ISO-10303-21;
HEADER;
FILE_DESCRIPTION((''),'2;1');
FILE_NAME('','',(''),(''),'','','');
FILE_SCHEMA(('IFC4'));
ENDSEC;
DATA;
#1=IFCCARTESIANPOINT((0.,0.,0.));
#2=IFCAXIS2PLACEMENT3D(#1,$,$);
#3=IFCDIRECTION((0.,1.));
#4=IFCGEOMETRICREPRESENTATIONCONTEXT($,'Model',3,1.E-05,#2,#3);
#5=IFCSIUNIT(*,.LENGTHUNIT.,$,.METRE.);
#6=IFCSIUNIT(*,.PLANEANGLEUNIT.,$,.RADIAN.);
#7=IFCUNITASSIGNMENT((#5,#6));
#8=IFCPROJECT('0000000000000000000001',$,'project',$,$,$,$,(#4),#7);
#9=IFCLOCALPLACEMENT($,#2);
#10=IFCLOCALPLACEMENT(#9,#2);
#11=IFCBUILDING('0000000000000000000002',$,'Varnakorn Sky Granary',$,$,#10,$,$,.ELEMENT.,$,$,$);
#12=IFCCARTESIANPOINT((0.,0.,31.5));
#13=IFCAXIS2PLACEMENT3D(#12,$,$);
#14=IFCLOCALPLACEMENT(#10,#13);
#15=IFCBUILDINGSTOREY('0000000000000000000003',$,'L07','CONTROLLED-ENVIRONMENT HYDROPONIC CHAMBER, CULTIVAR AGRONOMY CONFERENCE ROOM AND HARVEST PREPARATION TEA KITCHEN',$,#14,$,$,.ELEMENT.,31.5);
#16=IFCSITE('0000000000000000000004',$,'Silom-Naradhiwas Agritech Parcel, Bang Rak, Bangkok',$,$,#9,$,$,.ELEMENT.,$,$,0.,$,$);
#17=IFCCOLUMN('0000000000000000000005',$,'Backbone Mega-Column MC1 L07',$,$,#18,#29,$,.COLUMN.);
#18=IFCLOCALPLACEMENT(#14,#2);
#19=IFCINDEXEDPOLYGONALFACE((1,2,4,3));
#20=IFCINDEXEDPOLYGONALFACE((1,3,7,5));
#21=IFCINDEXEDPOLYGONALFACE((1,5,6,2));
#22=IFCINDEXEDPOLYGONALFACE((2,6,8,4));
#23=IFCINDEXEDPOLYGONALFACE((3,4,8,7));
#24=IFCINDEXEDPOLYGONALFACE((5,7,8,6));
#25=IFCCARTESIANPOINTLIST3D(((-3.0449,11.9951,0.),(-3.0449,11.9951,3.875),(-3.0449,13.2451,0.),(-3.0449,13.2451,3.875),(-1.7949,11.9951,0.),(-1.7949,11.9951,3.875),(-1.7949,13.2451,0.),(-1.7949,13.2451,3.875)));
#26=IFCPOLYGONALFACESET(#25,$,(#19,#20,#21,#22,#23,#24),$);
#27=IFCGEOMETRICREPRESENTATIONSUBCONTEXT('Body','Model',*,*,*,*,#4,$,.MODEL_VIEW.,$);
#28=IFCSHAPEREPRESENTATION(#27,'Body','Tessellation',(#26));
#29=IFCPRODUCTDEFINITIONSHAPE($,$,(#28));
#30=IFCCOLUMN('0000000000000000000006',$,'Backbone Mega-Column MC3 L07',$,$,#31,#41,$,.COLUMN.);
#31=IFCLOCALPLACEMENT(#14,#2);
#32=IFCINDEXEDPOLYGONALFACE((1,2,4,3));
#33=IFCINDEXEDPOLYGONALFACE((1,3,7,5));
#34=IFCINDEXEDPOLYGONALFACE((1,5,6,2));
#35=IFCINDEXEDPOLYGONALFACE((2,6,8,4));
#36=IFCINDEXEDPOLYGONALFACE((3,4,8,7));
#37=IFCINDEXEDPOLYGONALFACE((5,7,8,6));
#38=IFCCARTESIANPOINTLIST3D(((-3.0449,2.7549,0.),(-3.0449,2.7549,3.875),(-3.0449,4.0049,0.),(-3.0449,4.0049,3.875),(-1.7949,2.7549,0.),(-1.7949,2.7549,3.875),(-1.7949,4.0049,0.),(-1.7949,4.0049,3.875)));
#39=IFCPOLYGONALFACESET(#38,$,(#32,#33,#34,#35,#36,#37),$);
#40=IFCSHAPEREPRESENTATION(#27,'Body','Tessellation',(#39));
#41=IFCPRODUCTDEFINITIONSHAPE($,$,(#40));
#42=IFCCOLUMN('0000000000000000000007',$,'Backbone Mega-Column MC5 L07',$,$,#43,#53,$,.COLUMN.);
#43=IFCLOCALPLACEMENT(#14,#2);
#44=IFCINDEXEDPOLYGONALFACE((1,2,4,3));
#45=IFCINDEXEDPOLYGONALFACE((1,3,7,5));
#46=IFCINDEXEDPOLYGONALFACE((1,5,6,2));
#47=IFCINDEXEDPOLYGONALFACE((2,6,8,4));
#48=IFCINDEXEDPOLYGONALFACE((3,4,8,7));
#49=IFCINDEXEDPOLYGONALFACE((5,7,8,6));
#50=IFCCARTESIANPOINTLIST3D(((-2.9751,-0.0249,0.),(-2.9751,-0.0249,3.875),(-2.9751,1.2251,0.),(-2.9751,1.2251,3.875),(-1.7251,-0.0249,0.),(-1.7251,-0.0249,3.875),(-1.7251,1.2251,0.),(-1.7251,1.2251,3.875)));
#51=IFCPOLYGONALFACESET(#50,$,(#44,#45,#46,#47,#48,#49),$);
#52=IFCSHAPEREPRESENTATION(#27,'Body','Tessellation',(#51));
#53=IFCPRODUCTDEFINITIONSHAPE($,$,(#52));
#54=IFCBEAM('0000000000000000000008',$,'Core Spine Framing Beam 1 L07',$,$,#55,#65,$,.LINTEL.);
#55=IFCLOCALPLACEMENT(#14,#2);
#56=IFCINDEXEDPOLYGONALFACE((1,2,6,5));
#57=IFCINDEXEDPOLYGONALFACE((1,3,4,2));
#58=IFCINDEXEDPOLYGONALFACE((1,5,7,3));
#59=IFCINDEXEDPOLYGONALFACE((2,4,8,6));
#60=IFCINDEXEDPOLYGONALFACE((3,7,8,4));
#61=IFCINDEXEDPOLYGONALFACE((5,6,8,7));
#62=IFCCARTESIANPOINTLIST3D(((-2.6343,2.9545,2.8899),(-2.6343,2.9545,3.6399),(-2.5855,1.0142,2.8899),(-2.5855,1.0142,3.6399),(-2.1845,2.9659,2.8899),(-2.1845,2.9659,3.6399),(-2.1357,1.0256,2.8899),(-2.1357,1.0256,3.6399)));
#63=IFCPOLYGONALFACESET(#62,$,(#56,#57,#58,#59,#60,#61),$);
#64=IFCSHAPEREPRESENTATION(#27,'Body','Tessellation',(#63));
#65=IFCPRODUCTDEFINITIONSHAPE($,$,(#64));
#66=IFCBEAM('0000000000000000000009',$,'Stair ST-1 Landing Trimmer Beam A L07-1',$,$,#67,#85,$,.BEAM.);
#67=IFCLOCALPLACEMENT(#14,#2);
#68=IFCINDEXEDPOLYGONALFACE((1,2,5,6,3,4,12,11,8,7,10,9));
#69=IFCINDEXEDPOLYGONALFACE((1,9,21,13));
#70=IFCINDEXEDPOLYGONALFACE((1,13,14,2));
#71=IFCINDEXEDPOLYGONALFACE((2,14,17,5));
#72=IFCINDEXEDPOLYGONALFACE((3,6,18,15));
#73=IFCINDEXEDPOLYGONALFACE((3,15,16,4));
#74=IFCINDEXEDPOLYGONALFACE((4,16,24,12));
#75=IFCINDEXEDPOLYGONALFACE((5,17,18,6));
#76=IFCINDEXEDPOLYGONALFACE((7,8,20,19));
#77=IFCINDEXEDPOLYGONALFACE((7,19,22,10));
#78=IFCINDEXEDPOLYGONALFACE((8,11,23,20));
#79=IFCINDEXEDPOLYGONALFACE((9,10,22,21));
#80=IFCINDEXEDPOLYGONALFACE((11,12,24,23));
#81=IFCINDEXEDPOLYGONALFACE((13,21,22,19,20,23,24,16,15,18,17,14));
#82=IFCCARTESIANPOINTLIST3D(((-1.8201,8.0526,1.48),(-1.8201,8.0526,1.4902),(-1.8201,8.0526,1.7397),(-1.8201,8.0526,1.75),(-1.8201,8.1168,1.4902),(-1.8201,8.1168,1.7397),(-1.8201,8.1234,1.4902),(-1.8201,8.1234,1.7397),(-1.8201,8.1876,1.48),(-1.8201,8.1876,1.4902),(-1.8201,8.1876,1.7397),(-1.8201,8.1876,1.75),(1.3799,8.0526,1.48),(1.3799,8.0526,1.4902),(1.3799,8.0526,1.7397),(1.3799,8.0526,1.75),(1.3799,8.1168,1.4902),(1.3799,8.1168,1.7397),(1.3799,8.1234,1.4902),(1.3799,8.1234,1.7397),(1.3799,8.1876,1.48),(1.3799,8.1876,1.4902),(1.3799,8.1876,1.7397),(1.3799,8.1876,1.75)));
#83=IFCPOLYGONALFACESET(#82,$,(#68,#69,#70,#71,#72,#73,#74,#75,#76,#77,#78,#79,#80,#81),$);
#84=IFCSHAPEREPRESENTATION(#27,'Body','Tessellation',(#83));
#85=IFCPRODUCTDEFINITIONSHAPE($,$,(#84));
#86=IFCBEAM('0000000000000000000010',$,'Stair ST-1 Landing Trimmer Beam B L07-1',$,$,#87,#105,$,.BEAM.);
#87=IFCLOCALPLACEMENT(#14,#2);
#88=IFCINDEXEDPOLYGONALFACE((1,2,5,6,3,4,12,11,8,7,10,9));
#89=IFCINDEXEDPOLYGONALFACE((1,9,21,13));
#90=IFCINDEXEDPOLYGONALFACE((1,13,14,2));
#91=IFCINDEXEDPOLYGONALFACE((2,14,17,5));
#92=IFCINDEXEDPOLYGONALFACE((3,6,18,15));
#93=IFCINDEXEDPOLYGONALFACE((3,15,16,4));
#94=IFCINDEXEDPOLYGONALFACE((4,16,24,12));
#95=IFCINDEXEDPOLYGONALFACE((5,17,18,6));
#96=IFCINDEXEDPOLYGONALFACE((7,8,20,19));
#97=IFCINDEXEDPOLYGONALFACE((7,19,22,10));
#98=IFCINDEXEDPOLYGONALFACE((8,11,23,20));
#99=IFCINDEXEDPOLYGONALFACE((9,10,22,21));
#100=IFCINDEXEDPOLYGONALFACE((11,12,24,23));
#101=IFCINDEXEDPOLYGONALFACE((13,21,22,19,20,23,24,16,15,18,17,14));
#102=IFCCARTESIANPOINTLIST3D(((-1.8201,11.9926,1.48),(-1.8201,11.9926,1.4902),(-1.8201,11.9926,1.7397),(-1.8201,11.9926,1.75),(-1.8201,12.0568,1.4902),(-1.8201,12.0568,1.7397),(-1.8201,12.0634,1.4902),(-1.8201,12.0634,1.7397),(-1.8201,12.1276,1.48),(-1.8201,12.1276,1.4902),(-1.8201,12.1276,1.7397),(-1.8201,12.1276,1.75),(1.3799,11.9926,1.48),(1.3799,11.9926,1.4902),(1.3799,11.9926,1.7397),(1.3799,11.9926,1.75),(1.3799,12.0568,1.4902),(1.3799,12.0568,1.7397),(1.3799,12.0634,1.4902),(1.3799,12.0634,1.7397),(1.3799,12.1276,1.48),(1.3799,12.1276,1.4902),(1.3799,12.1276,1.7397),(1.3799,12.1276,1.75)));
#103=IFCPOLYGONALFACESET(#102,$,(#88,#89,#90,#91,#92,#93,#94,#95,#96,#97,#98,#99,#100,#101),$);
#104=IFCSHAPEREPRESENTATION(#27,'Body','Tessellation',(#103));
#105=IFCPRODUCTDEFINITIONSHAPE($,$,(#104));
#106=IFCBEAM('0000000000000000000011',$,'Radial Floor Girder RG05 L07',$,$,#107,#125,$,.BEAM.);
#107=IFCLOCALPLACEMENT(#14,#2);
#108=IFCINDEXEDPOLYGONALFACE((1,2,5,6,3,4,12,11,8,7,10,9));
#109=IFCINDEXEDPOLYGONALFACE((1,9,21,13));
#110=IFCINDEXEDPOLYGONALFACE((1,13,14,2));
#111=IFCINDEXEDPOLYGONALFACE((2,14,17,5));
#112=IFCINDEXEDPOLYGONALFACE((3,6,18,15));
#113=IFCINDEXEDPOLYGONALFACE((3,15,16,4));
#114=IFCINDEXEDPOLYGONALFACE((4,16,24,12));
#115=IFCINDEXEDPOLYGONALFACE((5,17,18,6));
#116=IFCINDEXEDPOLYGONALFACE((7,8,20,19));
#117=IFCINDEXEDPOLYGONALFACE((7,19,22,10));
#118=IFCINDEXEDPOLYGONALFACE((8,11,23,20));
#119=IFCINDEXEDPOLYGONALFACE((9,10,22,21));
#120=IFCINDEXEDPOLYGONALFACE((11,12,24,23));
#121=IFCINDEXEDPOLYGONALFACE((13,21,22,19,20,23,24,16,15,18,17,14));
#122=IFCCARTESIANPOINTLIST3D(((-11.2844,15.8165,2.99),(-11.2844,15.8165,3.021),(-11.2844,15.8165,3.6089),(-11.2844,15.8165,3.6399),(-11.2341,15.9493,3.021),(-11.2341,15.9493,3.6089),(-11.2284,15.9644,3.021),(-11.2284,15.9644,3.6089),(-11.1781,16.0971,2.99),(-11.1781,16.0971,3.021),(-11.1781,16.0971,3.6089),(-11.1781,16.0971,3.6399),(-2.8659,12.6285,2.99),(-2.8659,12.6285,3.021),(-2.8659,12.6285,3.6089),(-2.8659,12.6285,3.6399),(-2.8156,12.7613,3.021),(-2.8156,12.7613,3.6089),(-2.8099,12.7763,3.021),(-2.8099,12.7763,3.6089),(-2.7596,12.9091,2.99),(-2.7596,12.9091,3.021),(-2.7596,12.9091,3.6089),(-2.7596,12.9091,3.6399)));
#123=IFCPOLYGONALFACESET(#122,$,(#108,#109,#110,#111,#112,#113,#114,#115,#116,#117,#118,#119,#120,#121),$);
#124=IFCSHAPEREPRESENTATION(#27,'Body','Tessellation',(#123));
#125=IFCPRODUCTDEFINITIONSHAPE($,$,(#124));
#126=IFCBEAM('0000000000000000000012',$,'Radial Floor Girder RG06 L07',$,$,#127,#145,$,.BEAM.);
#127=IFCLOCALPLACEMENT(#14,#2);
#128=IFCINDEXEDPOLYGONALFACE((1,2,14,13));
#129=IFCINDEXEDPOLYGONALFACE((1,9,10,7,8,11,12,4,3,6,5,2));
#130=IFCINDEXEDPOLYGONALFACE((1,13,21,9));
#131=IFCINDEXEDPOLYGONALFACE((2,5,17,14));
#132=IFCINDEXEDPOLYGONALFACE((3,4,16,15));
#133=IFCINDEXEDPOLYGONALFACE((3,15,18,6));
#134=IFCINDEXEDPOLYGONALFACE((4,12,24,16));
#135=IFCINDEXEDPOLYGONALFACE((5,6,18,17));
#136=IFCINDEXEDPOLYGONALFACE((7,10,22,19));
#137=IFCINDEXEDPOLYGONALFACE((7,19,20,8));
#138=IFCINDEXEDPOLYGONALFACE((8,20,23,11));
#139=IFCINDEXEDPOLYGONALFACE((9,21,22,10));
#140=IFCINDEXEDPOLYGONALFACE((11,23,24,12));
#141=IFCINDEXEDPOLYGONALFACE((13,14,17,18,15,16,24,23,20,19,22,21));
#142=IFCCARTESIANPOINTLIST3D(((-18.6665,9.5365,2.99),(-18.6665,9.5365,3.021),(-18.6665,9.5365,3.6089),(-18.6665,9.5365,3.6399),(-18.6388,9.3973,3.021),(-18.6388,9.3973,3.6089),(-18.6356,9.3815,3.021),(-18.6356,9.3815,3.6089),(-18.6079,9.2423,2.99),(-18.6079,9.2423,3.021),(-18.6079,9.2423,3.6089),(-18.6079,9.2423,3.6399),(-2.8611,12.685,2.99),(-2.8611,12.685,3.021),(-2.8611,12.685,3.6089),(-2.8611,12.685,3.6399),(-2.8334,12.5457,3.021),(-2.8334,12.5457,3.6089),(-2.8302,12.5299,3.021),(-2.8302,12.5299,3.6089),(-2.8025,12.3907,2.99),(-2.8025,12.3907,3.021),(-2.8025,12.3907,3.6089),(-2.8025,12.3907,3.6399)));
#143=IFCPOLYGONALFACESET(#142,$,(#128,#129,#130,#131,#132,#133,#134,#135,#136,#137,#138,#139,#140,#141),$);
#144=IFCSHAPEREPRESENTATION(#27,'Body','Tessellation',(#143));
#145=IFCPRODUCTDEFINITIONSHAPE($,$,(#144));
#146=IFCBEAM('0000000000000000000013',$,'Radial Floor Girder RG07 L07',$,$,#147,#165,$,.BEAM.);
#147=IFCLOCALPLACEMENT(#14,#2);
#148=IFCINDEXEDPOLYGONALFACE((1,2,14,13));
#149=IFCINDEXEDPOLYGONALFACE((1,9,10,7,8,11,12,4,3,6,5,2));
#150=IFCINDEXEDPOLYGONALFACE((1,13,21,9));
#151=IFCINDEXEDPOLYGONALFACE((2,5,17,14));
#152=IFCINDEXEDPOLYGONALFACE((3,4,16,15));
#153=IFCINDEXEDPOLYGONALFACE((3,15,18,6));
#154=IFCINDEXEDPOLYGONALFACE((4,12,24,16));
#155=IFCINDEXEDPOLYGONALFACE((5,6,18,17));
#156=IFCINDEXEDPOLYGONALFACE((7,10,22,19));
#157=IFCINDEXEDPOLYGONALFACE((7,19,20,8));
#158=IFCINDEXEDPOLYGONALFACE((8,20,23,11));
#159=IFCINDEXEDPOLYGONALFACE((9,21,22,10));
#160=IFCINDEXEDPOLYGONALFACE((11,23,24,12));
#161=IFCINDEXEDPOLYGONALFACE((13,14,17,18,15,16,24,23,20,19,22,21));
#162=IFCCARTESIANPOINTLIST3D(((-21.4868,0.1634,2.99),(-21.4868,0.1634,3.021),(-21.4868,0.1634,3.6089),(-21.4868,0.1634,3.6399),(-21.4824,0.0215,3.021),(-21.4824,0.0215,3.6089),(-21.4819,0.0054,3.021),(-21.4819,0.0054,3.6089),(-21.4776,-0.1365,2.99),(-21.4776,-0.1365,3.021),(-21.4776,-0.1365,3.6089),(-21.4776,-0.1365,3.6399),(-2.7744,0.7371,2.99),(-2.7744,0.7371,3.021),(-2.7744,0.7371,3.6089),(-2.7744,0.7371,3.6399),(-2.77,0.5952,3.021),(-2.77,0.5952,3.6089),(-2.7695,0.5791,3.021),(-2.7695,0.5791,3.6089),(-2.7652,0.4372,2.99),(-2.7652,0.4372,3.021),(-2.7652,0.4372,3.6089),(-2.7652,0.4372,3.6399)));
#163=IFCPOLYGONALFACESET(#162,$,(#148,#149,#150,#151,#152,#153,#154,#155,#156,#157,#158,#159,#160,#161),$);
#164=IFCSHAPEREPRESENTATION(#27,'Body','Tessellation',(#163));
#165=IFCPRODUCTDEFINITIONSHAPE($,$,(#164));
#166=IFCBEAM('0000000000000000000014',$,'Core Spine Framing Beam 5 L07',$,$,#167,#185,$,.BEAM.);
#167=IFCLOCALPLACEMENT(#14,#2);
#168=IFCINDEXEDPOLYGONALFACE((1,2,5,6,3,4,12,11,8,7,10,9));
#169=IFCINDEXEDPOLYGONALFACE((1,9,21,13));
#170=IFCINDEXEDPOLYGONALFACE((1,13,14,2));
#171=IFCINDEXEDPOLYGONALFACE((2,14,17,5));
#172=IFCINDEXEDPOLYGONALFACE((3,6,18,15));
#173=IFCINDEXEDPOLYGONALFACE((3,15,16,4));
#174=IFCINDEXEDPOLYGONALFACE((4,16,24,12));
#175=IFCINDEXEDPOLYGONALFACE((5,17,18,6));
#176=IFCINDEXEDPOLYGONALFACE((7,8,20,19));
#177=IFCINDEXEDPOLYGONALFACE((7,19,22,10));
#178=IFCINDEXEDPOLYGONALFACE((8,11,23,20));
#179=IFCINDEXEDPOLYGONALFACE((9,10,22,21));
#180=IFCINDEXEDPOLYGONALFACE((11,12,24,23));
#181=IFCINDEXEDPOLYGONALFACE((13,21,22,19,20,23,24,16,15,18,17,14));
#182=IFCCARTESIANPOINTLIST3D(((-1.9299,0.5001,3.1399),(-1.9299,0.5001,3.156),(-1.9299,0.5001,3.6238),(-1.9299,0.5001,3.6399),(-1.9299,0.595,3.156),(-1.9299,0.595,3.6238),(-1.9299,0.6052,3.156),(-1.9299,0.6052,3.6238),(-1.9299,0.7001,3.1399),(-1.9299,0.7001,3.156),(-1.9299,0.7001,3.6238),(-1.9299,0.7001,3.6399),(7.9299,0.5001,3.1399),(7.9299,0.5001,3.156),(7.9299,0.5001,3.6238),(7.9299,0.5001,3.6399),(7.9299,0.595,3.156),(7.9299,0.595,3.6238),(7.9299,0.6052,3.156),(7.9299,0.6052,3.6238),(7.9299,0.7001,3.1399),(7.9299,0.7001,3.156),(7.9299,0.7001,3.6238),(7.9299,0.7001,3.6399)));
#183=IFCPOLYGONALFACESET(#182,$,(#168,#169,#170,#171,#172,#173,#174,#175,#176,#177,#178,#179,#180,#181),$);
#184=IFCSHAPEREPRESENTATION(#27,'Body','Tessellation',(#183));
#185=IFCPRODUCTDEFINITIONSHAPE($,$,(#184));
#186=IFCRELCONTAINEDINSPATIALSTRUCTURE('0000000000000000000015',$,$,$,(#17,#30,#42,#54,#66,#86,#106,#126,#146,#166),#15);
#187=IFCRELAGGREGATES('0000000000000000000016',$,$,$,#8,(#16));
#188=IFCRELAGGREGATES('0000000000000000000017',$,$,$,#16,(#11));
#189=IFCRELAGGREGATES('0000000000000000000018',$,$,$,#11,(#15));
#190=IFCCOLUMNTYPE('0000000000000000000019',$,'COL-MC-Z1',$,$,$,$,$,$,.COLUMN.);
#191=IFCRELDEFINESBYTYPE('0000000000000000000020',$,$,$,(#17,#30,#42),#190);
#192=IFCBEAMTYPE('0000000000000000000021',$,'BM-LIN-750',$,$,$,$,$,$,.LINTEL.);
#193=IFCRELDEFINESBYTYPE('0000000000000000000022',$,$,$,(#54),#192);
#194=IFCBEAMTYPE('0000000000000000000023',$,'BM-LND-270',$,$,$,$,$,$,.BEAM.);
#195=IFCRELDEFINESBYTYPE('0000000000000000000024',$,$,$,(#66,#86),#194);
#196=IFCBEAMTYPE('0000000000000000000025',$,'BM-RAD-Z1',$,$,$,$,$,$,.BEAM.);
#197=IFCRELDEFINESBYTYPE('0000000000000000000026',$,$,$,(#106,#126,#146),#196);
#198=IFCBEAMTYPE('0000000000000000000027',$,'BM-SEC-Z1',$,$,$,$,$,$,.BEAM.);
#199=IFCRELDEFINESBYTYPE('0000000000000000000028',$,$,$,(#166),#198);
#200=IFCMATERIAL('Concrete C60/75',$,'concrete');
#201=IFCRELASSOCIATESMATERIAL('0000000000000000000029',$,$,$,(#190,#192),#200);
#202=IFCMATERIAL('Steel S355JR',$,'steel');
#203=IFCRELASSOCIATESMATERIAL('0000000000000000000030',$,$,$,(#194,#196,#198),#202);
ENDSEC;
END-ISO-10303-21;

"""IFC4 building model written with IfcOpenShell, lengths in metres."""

from ifc_helpers import new_model, si_unit, direction, frame, origin, origin_2d, place, context, subcontext, project, spatial, rectangle, i_section, extrude, material, material_profile, profile_set, type_object, element, save


model = new_model("IFC4")

# Units and contexts
model_context = context("Model", 3, precision=1e-05, world=origin(), true_north=direction((0.0, 1.0)))
body_context = subcontext(model_context, "Body", "Model", "MODEL_VIEW")
ifc_project = project(units=[si_unit("LENGTHUNIT", "METRE"), si_unit("PLANEANGLEUNIT", "RADIAN")], contexts=[model_context])

# Site, building, storey
site_placement = place(None, origin())
site = spatial("IfcSite", under=ifc_project, at=site_placement, Name="Silom-Naradhiwas Agritech Parcel, Bang Rak, Bangkok", CompositionType="ELEMENT", RefElevation=0.0)
building_placement = place(site_placement, origin())
building = spatial("IfcBuilding", under=site, at=building_placement, Name="Varnakorn Sky Granary", CompositionType="ELEMENT")
storey_placement = place(building_placement, frame((0.0, 0.0, 31.5)))
storey = spatial("IfcBuildingStorey", under=building, at=storey_placement, Name="L07", Description="CONTROLLED-ENVIRONMENT HYDROPONIC CHAMBER, CULTIVAR AGRONOMY CONFERENCE ROOM AND HARVEST PREPARATION TEA KITCHEN", CompositionType="ELEMENT", Elevation=31.5)

# Columns
ifc_material_1 = material(Name="Concrete C60/75", Category="concrete")
ifc_material_profile_1 = material_profile(ifc_material_1, rectangle(XDim=1.25, YDim=1.25, at=origin_2d()), Name="RC 1250x1250")
ifc_profile_set_1 = profile_set([ifc_material_profile_1], Name="Concrete C60/75")
column_type = type_object("IfcColumnType", Name="COL-MC-Z1", PredefinedType="COLUMN", material=ifc_profile_set_1)
for number, where, z_axis, x_axis, name in (
    (1, (-2.4199, 12.6201, 0.0), (0.0, 0.0, 1.0), (1.0, 0.0, 0.0), "Backbone Mega-Column MC1 L07"),
    (2, (-2.4199, 3.3799, 0.0), (0.0, 0.0, 1.0), (1.0, 0.0, 0.0), "Backbone Mega-Column MC3 L07"),
    (3, (-2.3501, 0.6001, 0.0), (0.0, 0.0, 1.0), (1.0, 0.0, 0.0), "Backbone Mega-Column MC5 L07"),
):
    element("IfcColumn", number, at=place(storey_placement, frame(where, z_axis=z_axis, x_axis=x_axis)), inside=storey, type_object=column_type, Name=name, PredefinedType="COLUMN", context=body_context, shape_type="SweptSolid", body=[
        extrude(rectangle(XDim=1.25, YDim=1.25, at=origin_2d()), origin(), (0.0, 0.0, 1.0), 3.875),
    ])

# Beams
ifc_material_profile_2 = material_profile(ifc_material_1, rectangle(XDim=0.45, YDim=0.75, at=origin_2d()), Name="RC 450x750")
ifc_profile_set_2 = profile_set([ifc_material_profile_2], Name="Concrete C60/75")
beam_type_1 = type_object("IfcBeamType", Name="BM-LIN-750", PredefinedType="LINTEL", material=ifc_profile_set_2)
beam_1_placement = place(storey_placement, frame((-2.4094, 2.9602, 3.2649), z_axis=(0.025159, -0.999683, 0.0), x_axis=(0.999683, 0.025159, 0.0)))
element("IfcBeam", 4, at=beam_1_placement, inside=storey, type_object=beam_type_1, Name="Core Spine Framing Beam 1 L07", PredefinedType="LINTEL", context=body_context, shape_type="SweptSolid", body=[
    extrude(rectangle(XDim=0.45, YDim=0.75, at=origin_2d()), origin(), (0.0, 0.0, 1.0), 1.9409),
])
ifc_material_2 = material(Name="Steel S355JR", Category="steel")
ifc_material_profile_3 = material_profile(ifc_material_2, i_section(OverallWidth=0.135, OverallDepth=0.27, WebThickness=0.0066, FlangeThickness=0.0103, at=origin_2d()), Name="IPE 270")
ifc_profile_set_3 = profile_set([ifc_material_profile_3], Name="Steel S355JR")
beam_type_2 = type_object("IfcBeamType", Name="BM-LND-270", PredefinedType="BEAM", material=ifc_profile_set_3)
for number, where, z_axis, x_axis, name in (
    (5, (-1.8201, 8.1201, 1.615), (1.0, 0.0, 0.0), (0.0, 1.0, 0.0), "Stair ST-1 Landing Trimmer Beam A L07-1"),
    (6, (-1.8201, 12.0601, 1.615), (1.0, 0.0, 0.0), (0.0, 1.0, 0.0), "Stair ST-1 Landing Trimmer Beam B L07-1"),
):
    element("IfcBeam", number, at=place(storey_placement, frame(where, z_axis=z_axis, x_axis=x_axis)), inside=storey, type_object=beam_type_2, Name=name, PredefinedType="BEAM", context=body_context, shape_type="SweptSolid", body=[
        extrude(i_section(OverallWidth=0.135, OverallDepth=0.27, WebThickness=0.0066, FlangeThickness=0.0103, at=origin_2d()), origin(), (0.0, 0.0, 1.0), 3.2),
    ])
ifc_material_profile_4 = material_profile(ifc_material_2, i_section(OverallWidth=0.3, OverallDepth=0.6499, WebThickness=0.0161, FlangeThickness=0.031, at=origin_2d()), Name="HE 650 B")
ifc_profile_set_4 = profile_set([ifc_material_profile_4], Name="Steel S355JR")
beam_type_3 = type_object("IfcBeamType", Name="BM-RAD-Z1", PredefinedType="BEAM", material=ifc_profile_set_4)
beam_2_placement = place(storey_placement, frame((-2.8127, 12.7688, 3.3149), z_axis=(-0.93519, 0.354147, 0.0), x_axis=(-0.354147, -0.93519, 0.0)))
element("IfcBeam", 7, at=beam_2_placement, inside=storey, type_object=beam_type_3, Name="Radial Floor Girder RG05 L07", PredefinedType="BEAM", context=body_context, shape_type="SweptSolid", body=[
    extrude(i_section(OverallWidth=0.3, OverallDepth=0.6499, WebThickness=0.0161, FlangeThickness=0.031, at=origin_2d()), origin(), (0.0, 0.0, 1.0), 9.002),
])
beam_3_placement = place(storey_placement, frame((-2.8318, 12.5378, 3.3149), z_axis=(-0.980731, -0.195362, 0.0), x_axis=(0.195362, -0.980731, 0.0)))
element("IfcBeam", 8, at=beam_3_placement, inside=storey, type_object=beam_type_3, Name="Radial Floor Girder RG06 L07", PredefinedType="BEAM", context=body_context, shape_type="SweptSolid", body=[
    extrude(i_section(OverallWidth=0.3, OverallDepth=0.6499, WebThickness=0.0161, FlangeThickness=0.031, at=origin_2d()), origin(), (0.0, 0.0, 1.0), 16.116),
])
beam_4_placement = place(storey_placement, frame((-2.7698, 0.5872, 3.3149), z_axis=(-0.99953, -0.030646, 0.0), x_axis=(0.030646, -0.99953, 0.0)))
element("IfcBeam", 9, at=beam_4_placement, inside=storey, type_object=beam_type_3, Name="Radial Floor Girder RG07 L07", PredefinedType="BEAM", context=body_context, shape_type="SweptSolid", body=[
    extrude(i_section(OverallWidth=0.3, OverallDepth=0.6499, WebThickness=0.0161, FlangeThickness=0.031, at=origin_2d()), origin(), (0.0, 0.0, 1.0), 18.7212),
])
ifc_material_profile_5 = material_profile(ifc_material_2, i_section(OverallWidth=0.2, OverallDepth=0.5, WebThickness=0.0103, FlangeThickness=0.0161, at=origin_2d()), Name="IPE 500")
ifc_profile_set_5 = profile_set([ifc_material_profile_5], Name="Steel S355JR")
beam_type_4 = type_object("IfcBeamType", Name="BM-SEC-Z1", PredefinedType="BEAM", material=ifc_profile_set_5)
beam_5_placement = place(storey_placement, frame((-1.9299, 0.6001, 3.3899), z_axis=(1.0, 0.0, 0.0), x_axis=(0.0, 1.0, 0.0)))
element("IfcBeam", 10, at=beam_5_placement, inside=storey, type_object=beam_type_4, Name="Core Spine Framing Beam 5 L07", PredefinedType="BEAM", context=body_context, shape_type="SweptSolid", body=[
    extrude(i_section(OverallWidth=0.2, OverallDepth=0.5, WebThickness=0.0103, FlangeThickness=0.0161, at=origin_2d()), origin(), (0.0, 0.0, 1.0), 9.8599),
])

save(model, "model.ifc")
